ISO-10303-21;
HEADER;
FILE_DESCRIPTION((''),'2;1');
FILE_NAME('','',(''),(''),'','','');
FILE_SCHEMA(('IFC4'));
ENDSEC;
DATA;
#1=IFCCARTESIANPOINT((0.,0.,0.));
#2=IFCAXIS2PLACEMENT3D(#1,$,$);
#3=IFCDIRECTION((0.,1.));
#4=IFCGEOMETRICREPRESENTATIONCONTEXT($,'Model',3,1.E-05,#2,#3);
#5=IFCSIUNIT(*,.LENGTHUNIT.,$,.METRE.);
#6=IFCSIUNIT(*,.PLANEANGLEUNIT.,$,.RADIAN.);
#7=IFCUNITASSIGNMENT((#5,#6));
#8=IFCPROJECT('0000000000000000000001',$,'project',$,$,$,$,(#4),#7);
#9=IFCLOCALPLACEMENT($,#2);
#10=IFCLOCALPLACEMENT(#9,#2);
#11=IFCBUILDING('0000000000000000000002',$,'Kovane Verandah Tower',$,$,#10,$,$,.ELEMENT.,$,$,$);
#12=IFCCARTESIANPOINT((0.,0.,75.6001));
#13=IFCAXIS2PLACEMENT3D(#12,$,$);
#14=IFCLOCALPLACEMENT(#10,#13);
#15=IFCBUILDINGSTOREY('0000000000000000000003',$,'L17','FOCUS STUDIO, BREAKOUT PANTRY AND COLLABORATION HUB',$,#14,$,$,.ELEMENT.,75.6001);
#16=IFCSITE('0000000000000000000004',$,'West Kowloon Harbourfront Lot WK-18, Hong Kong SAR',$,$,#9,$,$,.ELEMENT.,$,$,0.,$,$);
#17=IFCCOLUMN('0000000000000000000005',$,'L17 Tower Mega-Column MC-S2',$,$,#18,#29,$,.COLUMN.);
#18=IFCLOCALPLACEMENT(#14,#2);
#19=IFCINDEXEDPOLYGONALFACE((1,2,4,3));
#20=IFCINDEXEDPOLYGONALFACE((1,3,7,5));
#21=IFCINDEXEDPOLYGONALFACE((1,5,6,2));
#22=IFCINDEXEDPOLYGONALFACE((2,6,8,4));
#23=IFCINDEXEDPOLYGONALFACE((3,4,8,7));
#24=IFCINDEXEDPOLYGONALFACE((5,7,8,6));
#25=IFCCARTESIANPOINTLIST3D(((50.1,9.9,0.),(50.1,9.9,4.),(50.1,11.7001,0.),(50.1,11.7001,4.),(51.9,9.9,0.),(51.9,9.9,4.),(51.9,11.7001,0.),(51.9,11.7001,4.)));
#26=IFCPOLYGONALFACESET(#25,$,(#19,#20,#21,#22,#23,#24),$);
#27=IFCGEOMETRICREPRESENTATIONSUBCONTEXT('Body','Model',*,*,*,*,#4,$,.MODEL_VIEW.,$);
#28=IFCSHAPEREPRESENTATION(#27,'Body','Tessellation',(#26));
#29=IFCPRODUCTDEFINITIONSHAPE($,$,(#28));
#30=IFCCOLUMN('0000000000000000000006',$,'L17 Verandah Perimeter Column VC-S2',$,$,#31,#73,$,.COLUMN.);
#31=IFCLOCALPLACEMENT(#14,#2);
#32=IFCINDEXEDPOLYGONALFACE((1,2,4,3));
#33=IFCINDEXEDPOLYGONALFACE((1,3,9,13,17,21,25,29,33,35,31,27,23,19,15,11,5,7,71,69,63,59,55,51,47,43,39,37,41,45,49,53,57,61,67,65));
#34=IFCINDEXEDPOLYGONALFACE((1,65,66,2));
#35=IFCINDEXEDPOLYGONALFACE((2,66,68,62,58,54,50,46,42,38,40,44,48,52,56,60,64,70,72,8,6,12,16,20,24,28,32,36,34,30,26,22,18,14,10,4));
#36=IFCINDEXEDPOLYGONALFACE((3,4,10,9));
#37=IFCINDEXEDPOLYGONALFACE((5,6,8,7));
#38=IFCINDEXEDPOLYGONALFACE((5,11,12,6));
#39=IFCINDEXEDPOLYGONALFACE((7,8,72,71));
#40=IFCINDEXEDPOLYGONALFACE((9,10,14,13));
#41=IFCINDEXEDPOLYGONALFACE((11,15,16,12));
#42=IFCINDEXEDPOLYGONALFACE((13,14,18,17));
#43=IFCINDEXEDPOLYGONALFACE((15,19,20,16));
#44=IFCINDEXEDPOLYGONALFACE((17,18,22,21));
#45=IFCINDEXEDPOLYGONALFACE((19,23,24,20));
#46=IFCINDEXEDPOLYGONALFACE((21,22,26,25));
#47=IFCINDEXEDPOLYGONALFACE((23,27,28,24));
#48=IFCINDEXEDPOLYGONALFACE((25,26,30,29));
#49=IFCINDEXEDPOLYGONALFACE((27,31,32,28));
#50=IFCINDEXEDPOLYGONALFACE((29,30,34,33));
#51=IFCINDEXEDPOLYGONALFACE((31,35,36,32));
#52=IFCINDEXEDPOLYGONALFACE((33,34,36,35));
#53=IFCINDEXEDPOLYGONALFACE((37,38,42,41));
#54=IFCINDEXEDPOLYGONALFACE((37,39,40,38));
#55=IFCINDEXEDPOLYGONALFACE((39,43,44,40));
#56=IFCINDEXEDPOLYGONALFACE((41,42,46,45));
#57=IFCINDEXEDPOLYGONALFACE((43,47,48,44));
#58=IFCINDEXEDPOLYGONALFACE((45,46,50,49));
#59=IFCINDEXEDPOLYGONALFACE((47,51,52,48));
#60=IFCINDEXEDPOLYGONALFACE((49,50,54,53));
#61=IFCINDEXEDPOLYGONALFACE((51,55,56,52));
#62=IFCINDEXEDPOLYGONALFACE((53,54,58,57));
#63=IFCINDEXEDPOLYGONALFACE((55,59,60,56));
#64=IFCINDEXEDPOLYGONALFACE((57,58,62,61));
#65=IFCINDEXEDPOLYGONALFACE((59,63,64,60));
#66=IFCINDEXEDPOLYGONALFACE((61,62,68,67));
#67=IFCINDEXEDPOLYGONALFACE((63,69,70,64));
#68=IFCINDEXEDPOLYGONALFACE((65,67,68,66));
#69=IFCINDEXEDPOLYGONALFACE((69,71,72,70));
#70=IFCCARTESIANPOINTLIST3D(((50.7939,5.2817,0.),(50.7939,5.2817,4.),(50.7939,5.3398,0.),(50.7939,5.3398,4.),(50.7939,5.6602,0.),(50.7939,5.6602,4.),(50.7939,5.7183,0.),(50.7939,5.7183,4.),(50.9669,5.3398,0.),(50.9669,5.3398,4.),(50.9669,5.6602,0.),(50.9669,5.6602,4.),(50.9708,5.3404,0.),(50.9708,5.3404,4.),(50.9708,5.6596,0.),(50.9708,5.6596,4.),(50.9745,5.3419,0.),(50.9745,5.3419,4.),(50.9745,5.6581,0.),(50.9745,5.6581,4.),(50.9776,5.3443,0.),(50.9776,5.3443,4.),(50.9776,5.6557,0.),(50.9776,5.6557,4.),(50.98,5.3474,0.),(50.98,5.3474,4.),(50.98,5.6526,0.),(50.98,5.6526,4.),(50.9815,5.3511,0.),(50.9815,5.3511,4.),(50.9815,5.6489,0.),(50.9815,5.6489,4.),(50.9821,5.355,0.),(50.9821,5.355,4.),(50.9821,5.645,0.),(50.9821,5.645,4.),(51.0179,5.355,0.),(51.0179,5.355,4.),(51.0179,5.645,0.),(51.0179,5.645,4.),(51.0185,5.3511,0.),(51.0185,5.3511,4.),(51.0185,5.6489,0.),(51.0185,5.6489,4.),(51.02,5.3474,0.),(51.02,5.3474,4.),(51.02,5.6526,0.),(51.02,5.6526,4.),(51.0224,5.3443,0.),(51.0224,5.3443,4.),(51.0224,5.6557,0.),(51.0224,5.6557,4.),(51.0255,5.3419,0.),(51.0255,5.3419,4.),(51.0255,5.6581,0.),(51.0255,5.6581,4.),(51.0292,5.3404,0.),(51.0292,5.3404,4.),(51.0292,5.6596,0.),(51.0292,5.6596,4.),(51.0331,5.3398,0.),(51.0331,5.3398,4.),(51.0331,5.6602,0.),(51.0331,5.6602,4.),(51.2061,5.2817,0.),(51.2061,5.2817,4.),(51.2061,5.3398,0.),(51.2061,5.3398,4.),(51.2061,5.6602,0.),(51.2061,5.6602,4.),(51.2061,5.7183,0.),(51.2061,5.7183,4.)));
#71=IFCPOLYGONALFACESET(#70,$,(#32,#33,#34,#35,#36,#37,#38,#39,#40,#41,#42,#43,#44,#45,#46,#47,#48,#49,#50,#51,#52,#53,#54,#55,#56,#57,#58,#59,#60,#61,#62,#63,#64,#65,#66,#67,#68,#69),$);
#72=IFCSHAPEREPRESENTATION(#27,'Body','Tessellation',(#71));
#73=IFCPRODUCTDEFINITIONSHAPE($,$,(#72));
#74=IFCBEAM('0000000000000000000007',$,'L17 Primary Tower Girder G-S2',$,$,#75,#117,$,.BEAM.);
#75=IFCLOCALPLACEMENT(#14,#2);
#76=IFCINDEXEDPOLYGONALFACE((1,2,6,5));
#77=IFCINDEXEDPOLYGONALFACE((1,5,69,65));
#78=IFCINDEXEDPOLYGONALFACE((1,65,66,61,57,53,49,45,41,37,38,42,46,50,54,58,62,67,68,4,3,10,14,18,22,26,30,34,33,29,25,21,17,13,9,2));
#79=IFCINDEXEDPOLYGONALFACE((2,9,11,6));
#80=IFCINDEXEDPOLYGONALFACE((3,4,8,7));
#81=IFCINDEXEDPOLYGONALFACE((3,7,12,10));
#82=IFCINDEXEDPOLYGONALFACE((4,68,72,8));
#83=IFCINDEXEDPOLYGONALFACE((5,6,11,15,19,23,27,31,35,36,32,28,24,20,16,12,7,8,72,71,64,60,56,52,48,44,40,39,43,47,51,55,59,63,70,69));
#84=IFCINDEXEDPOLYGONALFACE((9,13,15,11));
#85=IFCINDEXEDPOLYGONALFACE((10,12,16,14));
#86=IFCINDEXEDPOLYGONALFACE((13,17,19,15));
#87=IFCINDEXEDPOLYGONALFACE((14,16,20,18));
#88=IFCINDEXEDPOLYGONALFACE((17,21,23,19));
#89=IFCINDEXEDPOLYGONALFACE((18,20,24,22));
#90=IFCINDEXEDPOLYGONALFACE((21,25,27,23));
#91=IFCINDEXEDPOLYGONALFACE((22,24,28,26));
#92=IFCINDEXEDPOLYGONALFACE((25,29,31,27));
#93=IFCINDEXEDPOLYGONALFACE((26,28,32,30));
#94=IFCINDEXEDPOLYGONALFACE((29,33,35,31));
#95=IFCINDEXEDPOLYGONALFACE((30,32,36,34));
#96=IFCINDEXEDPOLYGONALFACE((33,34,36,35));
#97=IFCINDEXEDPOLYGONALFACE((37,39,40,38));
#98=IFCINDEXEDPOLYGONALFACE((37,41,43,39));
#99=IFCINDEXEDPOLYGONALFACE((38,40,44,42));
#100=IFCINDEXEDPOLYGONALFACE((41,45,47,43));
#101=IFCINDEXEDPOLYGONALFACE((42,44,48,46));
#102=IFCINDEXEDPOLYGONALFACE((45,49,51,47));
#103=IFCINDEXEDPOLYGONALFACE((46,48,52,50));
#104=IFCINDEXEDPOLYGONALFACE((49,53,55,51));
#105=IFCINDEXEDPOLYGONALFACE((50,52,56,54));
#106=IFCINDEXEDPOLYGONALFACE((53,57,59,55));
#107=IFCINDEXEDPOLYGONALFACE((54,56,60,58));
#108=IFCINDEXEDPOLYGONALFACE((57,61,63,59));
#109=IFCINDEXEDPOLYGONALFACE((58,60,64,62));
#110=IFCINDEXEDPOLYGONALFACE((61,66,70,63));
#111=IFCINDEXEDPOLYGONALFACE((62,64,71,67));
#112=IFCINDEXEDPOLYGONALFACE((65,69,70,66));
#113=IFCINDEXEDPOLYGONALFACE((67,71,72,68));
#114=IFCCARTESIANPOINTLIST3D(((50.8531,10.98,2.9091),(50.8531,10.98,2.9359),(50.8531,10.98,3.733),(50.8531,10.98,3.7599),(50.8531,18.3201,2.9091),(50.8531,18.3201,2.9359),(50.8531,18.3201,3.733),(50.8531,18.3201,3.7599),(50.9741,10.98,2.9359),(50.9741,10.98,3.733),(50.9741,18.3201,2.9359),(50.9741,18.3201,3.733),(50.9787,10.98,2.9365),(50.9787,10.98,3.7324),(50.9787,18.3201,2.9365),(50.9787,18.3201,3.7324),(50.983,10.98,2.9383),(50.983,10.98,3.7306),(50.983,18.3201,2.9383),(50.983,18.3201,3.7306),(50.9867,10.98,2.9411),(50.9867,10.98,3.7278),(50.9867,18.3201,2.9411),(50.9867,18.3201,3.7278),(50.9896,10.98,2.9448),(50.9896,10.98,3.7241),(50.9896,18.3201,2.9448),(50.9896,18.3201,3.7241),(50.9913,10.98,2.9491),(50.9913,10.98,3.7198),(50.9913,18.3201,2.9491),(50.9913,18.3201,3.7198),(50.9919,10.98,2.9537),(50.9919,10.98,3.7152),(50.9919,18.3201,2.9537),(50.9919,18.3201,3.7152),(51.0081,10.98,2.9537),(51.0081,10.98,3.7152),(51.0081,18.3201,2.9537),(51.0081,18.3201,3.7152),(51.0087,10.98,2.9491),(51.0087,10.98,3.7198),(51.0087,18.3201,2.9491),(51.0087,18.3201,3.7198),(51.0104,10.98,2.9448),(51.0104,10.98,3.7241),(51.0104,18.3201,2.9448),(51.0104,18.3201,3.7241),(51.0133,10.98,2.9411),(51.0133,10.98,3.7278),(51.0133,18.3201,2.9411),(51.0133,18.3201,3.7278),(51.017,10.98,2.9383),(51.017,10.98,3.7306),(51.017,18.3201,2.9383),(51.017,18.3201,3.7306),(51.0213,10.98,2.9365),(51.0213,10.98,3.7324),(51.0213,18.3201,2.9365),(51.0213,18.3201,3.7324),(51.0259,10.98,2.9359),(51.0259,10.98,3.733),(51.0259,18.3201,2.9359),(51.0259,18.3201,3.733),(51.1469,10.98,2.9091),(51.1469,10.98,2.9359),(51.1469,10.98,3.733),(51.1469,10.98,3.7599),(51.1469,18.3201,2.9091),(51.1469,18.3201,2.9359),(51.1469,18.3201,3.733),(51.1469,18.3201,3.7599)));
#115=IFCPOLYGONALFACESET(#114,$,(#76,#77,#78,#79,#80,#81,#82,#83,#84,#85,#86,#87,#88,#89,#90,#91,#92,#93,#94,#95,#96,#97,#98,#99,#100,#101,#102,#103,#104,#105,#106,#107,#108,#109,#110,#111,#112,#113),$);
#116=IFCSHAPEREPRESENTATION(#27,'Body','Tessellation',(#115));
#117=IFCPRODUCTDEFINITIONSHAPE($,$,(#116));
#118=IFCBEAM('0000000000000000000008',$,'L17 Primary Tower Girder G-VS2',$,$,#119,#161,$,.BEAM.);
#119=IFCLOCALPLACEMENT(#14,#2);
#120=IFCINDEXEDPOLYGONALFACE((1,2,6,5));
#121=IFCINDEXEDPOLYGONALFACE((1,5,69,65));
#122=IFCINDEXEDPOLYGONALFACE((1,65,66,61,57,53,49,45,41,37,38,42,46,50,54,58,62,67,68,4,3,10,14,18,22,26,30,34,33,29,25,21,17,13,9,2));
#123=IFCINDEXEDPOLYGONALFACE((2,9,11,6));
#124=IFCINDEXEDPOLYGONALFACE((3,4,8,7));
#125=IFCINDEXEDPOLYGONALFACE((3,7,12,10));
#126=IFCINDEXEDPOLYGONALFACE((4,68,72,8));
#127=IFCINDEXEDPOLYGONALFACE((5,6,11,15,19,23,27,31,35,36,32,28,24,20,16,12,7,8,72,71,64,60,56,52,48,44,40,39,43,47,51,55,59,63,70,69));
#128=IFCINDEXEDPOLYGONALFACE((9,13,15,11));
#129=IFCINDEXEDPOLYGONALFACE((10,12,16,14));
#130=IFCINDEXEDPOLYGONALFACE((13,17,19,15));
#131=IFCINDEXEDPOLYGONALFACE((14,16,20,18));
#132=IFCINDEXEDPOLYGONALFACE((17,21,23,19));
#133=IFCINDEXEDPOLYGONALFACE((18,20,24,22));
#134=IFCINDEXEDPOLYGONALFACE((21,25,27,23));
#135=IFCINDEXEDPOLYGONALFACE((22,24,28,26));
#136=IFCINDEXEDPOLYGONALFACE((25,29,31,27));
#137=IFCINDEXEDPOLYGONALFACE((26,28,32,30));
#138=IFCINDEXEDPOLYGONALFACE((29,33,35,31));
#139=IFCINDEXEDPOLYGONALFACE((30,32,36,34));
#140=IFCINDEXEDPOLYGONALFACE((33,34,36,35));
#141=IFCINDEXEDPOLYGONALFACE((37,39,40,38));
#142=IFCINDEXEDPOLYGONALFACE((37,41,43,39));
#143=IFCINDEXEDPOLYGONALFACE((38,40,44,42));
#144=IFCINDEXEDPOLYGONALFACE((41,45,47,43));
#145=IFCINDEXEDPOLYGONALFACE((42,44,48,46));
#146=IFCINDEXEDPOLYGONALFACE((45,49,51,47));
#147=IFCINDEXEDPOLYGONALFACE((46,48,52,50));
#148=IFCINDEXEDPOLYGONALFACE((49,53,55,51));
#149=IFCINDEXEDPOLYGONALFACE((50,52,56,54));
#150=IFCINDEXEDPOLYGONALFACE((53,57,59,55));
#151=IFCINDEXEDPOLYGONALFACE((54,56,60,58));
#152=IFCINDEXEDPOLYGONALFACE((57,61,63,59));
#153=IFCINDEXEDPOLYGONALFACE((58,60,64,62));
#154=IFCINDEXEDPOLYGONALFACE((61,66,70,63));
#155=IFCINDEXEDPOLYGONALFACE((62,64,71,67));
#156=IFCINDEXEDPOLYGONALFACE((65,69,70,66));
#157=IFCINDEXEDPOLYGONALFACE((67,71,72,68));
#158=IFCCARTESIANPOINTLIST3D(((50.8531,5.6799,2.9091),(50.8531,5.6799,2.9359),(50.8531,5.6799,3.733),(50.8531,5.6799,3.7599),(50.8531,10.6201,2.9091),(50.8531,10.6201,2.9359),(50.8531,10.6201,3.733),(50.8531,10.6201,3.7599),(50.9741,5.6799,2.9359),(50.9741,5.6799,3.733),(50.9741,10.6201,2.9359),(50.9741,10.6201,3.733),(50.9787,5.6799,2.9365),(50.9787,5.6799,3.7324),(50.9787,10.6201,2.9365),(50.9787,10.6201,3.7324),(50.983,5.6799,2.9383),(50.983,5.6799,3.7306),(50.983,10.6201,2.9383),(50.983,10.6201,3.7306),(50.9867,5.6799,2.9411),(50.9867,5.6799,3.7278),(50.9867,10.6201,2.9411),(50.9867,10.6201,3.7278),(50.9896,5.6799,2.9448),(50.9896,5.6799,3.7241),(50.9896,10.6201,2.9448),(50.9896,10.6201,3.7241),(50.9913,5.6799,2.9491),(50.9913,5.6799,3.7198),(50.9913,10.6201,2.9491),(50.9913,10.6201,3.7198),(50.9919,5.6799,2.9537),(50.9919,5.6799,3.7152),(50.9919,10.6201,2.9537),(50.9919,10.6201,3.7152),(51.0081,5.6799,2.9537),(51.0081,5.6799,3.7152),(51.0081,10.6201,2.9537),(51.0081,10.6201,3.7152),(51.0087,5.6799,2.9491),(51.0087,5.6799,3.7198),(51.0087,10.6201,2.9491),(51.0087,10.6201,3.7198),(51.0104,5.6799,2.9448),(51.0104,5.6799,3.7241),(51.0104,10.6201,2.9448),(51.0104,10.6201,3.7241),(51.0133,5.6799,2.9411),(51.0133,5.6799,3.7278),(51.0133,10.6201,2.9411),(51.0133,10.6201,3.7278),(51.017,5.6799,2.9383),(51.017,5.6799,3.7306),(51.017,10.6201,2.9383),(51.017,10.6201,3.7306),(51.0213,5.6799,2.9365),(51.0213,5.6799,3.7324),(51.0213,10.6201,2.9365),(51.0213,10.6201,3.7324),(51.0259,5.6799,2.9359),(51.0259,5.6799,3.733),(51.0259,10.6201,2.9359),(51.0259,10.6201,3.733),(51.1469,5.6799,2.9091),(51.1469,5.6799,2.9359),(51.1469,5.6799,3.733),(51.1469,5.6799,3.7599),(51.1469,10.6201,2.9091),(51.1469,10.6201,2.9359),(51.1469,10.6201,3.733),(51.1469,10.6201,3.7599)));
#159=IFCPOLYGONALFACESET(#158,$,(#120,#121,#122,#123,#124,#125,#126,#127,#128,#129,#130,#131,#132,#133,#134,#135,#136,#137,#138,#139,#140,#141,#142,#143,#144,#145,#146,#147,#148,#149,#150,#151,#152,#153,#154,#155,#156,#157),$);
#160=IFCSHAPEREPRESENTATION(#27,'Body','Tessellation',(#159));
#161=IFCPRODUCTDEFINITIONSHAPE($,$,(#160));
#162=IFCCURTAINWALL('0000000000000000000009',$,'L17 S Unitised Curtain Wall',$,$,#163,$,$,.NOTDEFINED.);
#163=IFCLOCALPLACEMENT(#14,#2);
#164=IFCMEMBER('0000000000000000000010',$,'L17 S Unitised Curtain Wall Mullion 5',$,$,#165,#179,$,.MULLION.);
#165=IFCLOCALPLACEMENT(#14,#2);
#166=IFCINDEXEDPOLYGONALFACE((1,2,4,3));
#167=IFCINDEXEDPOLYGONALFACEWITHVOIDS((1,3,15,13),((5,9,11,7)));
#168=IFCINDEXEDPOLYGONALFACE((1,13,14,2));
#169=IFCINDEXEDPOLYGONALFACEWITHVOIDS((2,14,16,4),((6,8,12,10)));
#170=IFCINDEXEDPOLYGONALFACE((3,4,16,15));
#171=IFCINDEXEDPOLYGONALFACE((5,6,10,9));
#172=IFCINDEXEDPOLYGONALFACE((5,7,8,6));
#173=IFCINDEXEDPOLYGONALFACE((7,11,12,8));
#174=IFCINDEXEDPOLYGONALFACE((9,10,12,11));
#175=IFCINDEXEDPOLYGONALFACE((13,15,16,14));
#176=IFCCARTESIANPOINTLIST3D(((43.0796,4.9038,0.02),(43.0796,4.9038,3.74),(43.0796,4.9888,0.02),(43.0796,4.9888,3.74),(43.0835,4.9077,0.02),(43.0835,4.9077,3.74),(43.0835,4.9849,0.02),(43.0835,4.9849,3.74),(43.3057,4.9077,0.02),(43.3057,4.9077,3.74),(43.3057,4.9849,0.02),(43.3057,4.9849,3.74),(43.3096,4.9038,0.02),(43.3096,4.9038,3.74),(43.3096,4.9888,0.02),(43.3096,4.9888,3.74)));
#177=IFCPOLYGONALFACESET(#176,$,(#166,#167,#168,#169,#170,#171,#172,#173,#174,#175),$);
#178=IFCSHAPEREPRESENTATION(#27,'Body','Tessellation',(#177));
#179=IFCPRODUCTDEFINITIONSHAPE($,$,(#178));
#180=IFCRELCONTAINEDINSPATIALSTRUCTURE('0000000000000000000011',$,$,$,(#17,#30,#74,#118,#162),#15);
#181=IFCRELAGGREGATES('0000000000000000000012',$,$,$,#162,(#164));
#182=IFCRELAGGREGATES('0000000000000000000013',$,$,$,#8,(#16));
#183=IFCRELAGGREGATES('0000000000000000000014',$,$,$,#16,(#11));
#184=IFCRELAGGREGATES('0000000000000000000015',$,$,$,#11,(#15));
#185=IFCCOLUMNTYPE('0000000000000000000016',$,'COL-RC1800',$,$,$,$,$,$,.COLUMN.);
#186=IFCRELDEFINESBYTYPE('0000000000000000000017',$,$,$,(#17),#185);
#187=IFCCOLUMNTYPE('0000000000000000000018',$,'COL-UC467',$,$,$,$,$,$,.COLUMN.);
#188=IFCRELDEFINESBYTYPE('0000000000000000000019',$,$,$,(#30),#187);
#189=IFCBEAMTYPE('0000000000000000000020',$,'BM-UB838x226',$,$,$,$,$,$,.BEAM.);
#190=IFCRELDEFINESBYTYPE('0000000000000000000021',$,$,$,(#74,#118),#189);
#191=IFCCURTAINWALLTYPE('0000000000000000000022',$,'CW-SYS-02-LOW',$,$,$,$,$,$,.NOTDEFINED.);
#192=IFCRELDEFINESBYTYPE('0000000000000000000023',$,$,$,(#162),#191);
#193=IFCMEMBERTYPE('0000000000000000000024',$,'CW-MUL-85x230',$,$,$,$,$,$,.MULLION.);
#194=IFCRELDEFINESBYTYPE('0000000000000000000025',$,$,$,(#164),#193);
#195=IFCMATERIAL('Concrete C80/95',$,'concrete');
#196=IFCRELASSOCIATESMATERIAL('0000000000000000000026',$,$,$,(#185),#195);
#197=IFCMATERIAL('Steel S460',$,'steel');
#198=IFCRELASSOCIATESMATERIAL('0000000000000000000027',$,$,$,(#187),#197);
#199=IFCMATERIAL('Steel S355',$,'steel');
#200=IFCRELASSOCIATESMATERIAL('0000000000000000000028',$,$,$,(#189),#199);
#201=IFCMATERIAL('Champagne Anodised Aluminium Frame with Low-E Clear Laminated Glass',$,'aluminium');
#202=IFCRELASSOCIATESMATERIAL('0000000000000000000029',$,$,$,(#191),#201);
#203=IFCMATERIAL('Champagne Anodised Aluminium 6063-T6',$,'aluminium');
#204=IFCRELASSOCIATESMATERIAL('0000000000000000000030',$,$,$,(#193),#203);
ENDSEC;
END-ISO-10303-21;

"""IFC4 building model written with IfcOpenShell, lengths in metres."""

from ifc_helpers import new_model, si_unit, direction, frame, origin, origin_2d, place, context, subcontext, project, spatial, rectangle, hollow_rectangle, i_section, extrude, material, material_profile, profile_set, type_object, element, aggregate, save


model = new_model("IFC4")

# Units and contexts
model_context = context("Model", 3, precision=1e-05, world=origin(), true_north=direction((0.0, 1.0)))
body_context = subcontext(model_context, "Body", "Model", "MODEL_VIEW")
ifc_project = project(units=[si_unit("LENGTHUNIT", "METRE"), si_unit("PLANEANGLEUNIT", "RADIAN")], contexts=[model_context])

# Site, building, storey
site_placement = place(None, origin())
site = spatial("IfcSite", under=ifc_project, at=site_placement, Name="West Kowloon Harbourfront Lot WK-18, Hong Kong SAR", CompositionType="ELEMENT", RefElevation=0.0)
building_placement = place(site_placement, origin())
building = spatial("IfcBuilding", under=site, at=building_placement, Name="Kovane Verandah Tower", CompositionType="ELEMENT")
storey_placement = place(building_placement, frame((0.0, 0.0, 75.6001)))
storey = spatial("IfcBuildingStorey", under=building, at=storey_placement, Name="L17", Description="FOCUS STUDIO, BREAKOUT PANTRY AND COLLABORATION HUB", CompositionType="ELEMENT", Elevation=75.6001)

# Columns
ifc_material_1 = material(Name="Concrete C80/95", Category="concrete")
ifc_material_profile_1 = material_profile(ifc_material_1, rectangle(XDim=1.8, YDim=1.8, at=origin_2d()), Name="RC1800x1800")
ifc_profile_set_1 = profile_set([ifc_material_profile_1], Name="Concrete C80/95")
column_type_1 = type_object("IfcColumnType", Name="COL-RC1800", PredefinedType="COLUMN", material=ifc_profile_set_1)
column_1_placement = place(storey_placement, frame((51.0, 10.8, 0.0), z_axis=(0.0, 0.0, 1.0), x_axis=(1.0, 0.0, 0.0)))
element("IfcColumn", 1, at=column_1_placement, inside=storey, type_object=column_type_1, Name="L17 Tower Mega-Column MC-S2", PredefinedType="COLUMN", context=body_context, shape_type="SweptSolid", body=[
    extrude(rectangle(XDim=1.8, YDim=1.8, at=origin_2d()), origin(), (0.0, 0.0, 1.0), 4.0),
])
ifc_material_2 = material(Name="Steel S460", Category="steel")
ifc_material_profile_2 = material_profile(ifc_material_2, i_section(OverallWidth=0.4121, OverallDepth=0.4365, WebThickness=0.0359, FlangeThickness=0.0581, FilletRadius=0.0151, at=origin_2d()), Name="UC356x406x467")
ifc_profile_set_2 = profile_set([ifc_material_profile_2], Name="Steel S460")
column_type_2 = type_object("IfcColumnType", Name="COL-UC467", PredefinedType="COLUMN", material=ifc_profile_set_2)
column_2_placement = place(storey_placement, frame((51.0, 5.5, 0.0), z_axis=(0.0, 0.0, 1.0), x_axis=(1.0, 0.0, 0.0)))
element("IfcColumn", 2, at=column_2_placement, inside=storey, type_object=column_type_2, Name="L17 Verandah Perimeter Column VC-S2", PredefinedType="COLUMN", context=body_context, shape_type="SweptSolid", body=[
    extrude(i_section(OverallWidth=0.4121, OverallDepth=0.4365, WebThickness=0.0359, FlangeThickness=0.0581, FilletRadius=0.0151, at=origin_2d()), origin(), (0.0, 0.0, 1.0), 4.0),
])

# Beams
ifc_material_3 = material(Name="Steel S355", Category="steel")
ifc_material_profile_3 = material_profile(ifc_material_3, i_section(OverallWidth=0.2937, OverallDepth=0.8508, WebThickness=0.0161, FlangeThickness=0.0269, FilletRadius=0.0178, at=origin_2d()), Name="UB838x292x226")
ifc_profile_set_3 = profile_set([ifc_material_profile_3], Name="Steel S355")
beam_type = type_object("IfcBeamType", Name="BM-UB838x226", PredefinedType="BEAM", material=ifc_profile_set_3)
beam_1_placement = place(storey_placement, frame((51.0, 18.3201, 3.3345), z_axis=(0.0, -1.0, 0.0), x_axis=(1.0, 0.0, 0.0)))
element("IfcBeam", 3, at=beam_1_placement, inside=storey, type_object=beam_type, Name="L17 Primary Tower Girder G-S2", PredefinedType="BEAM", context=body_context, shape_type="SweptSolid", body=[
    extrude(i_section(OverallWidth=0.2937, OverallDepth=0.8508, WebThickness=0.0161, FlangeThickness=0.0269, FilletRadius=0.0178, at=origin_2d()), origin(), (0.0, 0.0, 1.0), 7.3401),
])
beam_2_placement = place(storey_placement, frame((51.0, 10.6201, 3.3345), z_axis=(0.0, -1.0, 0.0), x_axis=(1.0, 0.0, 0.0)))
element("IfcBeam", 4, at=beam_2_placement, inside=storey, type_object=beam_type, Name="L17 Primary Tower Girder G-VS2", PredefinedType="BEAM", context=body_context, shape_type="SweptSolid", body=[
    extrude(i_section(OverallWidth=0.2937, OverallDepth=0.8508, WebThickness=0.0161, FlangeThickness=0.0269, FilletRadius=0.0178, at=origin_2d()), origin(), (0.0, 0.0, 1.0), 4.9402),
])

# Curtain wall, member
ifc_material_4 = material(Name="Champagne Anodised Aluminium Frame with Low-E Clear Laminated Glass", Category="aluminium")
curtain_wall_type = type_object("IfcCurtainWallType", Name="CW-SYS-02-LOW", PredefinedType="NOTDEFINED", material=ifc_material_4)
curtain_wall_placement = place(storey_placement, origin())
curtain_wall = element("IfcCurtainWall", 5, at=curtain_wall_placement, inside=storey, type_object=curtain_wall_type, Name="L17 S Unitised Curtain Wall", PredefinedType="NOTDEFINED")
ifc_material_5 = material(Name="Champagne Anodised Aluminium 6063-T6", Category="aluminium")
ifc_material_profile_4 = material_profile(ifc_material_5, hollow_rectangle(XDim=0.085, YDim=0.23, WallThickness=0.0039, at=origin_2d()), Name="AL85x230x4")
ifc_profile_set_4 = profile_set([ifc_material_profile_4], Name="Champagne Anodised Aluminium 6063-T6")
member_type_1 = type_object("IfcMemberType", Name="CW-MUL-85x230", PredefinedType="MULLION", material=ifc_profile_set_4)
member_1_placement = place(storey_placement, frame((43.1946, 4.9463, 0.02), z_axis=(0.0, 0.0, 1.0), x_axis=(0.0, -1.0, 0.0)))
member_1 = element("IfcMember", 6, at=member_1_placement, type_object=member_type_1, Name="L17 S Unitised Curtain Wall Mullion 5", PredefinedType="MULLION", context=body_context, shape_type="SweptSolid", body=[
    extrude(hollow_rectangle(XDim=0.085, YDim=0.23, WallThickness=0.0039, at=origin_2d()), origin(), (0.0, 0.0, 1.0), 3.72),
])
aggregate(curtain_wall, [member_1])

save(model, "model.ifc")
